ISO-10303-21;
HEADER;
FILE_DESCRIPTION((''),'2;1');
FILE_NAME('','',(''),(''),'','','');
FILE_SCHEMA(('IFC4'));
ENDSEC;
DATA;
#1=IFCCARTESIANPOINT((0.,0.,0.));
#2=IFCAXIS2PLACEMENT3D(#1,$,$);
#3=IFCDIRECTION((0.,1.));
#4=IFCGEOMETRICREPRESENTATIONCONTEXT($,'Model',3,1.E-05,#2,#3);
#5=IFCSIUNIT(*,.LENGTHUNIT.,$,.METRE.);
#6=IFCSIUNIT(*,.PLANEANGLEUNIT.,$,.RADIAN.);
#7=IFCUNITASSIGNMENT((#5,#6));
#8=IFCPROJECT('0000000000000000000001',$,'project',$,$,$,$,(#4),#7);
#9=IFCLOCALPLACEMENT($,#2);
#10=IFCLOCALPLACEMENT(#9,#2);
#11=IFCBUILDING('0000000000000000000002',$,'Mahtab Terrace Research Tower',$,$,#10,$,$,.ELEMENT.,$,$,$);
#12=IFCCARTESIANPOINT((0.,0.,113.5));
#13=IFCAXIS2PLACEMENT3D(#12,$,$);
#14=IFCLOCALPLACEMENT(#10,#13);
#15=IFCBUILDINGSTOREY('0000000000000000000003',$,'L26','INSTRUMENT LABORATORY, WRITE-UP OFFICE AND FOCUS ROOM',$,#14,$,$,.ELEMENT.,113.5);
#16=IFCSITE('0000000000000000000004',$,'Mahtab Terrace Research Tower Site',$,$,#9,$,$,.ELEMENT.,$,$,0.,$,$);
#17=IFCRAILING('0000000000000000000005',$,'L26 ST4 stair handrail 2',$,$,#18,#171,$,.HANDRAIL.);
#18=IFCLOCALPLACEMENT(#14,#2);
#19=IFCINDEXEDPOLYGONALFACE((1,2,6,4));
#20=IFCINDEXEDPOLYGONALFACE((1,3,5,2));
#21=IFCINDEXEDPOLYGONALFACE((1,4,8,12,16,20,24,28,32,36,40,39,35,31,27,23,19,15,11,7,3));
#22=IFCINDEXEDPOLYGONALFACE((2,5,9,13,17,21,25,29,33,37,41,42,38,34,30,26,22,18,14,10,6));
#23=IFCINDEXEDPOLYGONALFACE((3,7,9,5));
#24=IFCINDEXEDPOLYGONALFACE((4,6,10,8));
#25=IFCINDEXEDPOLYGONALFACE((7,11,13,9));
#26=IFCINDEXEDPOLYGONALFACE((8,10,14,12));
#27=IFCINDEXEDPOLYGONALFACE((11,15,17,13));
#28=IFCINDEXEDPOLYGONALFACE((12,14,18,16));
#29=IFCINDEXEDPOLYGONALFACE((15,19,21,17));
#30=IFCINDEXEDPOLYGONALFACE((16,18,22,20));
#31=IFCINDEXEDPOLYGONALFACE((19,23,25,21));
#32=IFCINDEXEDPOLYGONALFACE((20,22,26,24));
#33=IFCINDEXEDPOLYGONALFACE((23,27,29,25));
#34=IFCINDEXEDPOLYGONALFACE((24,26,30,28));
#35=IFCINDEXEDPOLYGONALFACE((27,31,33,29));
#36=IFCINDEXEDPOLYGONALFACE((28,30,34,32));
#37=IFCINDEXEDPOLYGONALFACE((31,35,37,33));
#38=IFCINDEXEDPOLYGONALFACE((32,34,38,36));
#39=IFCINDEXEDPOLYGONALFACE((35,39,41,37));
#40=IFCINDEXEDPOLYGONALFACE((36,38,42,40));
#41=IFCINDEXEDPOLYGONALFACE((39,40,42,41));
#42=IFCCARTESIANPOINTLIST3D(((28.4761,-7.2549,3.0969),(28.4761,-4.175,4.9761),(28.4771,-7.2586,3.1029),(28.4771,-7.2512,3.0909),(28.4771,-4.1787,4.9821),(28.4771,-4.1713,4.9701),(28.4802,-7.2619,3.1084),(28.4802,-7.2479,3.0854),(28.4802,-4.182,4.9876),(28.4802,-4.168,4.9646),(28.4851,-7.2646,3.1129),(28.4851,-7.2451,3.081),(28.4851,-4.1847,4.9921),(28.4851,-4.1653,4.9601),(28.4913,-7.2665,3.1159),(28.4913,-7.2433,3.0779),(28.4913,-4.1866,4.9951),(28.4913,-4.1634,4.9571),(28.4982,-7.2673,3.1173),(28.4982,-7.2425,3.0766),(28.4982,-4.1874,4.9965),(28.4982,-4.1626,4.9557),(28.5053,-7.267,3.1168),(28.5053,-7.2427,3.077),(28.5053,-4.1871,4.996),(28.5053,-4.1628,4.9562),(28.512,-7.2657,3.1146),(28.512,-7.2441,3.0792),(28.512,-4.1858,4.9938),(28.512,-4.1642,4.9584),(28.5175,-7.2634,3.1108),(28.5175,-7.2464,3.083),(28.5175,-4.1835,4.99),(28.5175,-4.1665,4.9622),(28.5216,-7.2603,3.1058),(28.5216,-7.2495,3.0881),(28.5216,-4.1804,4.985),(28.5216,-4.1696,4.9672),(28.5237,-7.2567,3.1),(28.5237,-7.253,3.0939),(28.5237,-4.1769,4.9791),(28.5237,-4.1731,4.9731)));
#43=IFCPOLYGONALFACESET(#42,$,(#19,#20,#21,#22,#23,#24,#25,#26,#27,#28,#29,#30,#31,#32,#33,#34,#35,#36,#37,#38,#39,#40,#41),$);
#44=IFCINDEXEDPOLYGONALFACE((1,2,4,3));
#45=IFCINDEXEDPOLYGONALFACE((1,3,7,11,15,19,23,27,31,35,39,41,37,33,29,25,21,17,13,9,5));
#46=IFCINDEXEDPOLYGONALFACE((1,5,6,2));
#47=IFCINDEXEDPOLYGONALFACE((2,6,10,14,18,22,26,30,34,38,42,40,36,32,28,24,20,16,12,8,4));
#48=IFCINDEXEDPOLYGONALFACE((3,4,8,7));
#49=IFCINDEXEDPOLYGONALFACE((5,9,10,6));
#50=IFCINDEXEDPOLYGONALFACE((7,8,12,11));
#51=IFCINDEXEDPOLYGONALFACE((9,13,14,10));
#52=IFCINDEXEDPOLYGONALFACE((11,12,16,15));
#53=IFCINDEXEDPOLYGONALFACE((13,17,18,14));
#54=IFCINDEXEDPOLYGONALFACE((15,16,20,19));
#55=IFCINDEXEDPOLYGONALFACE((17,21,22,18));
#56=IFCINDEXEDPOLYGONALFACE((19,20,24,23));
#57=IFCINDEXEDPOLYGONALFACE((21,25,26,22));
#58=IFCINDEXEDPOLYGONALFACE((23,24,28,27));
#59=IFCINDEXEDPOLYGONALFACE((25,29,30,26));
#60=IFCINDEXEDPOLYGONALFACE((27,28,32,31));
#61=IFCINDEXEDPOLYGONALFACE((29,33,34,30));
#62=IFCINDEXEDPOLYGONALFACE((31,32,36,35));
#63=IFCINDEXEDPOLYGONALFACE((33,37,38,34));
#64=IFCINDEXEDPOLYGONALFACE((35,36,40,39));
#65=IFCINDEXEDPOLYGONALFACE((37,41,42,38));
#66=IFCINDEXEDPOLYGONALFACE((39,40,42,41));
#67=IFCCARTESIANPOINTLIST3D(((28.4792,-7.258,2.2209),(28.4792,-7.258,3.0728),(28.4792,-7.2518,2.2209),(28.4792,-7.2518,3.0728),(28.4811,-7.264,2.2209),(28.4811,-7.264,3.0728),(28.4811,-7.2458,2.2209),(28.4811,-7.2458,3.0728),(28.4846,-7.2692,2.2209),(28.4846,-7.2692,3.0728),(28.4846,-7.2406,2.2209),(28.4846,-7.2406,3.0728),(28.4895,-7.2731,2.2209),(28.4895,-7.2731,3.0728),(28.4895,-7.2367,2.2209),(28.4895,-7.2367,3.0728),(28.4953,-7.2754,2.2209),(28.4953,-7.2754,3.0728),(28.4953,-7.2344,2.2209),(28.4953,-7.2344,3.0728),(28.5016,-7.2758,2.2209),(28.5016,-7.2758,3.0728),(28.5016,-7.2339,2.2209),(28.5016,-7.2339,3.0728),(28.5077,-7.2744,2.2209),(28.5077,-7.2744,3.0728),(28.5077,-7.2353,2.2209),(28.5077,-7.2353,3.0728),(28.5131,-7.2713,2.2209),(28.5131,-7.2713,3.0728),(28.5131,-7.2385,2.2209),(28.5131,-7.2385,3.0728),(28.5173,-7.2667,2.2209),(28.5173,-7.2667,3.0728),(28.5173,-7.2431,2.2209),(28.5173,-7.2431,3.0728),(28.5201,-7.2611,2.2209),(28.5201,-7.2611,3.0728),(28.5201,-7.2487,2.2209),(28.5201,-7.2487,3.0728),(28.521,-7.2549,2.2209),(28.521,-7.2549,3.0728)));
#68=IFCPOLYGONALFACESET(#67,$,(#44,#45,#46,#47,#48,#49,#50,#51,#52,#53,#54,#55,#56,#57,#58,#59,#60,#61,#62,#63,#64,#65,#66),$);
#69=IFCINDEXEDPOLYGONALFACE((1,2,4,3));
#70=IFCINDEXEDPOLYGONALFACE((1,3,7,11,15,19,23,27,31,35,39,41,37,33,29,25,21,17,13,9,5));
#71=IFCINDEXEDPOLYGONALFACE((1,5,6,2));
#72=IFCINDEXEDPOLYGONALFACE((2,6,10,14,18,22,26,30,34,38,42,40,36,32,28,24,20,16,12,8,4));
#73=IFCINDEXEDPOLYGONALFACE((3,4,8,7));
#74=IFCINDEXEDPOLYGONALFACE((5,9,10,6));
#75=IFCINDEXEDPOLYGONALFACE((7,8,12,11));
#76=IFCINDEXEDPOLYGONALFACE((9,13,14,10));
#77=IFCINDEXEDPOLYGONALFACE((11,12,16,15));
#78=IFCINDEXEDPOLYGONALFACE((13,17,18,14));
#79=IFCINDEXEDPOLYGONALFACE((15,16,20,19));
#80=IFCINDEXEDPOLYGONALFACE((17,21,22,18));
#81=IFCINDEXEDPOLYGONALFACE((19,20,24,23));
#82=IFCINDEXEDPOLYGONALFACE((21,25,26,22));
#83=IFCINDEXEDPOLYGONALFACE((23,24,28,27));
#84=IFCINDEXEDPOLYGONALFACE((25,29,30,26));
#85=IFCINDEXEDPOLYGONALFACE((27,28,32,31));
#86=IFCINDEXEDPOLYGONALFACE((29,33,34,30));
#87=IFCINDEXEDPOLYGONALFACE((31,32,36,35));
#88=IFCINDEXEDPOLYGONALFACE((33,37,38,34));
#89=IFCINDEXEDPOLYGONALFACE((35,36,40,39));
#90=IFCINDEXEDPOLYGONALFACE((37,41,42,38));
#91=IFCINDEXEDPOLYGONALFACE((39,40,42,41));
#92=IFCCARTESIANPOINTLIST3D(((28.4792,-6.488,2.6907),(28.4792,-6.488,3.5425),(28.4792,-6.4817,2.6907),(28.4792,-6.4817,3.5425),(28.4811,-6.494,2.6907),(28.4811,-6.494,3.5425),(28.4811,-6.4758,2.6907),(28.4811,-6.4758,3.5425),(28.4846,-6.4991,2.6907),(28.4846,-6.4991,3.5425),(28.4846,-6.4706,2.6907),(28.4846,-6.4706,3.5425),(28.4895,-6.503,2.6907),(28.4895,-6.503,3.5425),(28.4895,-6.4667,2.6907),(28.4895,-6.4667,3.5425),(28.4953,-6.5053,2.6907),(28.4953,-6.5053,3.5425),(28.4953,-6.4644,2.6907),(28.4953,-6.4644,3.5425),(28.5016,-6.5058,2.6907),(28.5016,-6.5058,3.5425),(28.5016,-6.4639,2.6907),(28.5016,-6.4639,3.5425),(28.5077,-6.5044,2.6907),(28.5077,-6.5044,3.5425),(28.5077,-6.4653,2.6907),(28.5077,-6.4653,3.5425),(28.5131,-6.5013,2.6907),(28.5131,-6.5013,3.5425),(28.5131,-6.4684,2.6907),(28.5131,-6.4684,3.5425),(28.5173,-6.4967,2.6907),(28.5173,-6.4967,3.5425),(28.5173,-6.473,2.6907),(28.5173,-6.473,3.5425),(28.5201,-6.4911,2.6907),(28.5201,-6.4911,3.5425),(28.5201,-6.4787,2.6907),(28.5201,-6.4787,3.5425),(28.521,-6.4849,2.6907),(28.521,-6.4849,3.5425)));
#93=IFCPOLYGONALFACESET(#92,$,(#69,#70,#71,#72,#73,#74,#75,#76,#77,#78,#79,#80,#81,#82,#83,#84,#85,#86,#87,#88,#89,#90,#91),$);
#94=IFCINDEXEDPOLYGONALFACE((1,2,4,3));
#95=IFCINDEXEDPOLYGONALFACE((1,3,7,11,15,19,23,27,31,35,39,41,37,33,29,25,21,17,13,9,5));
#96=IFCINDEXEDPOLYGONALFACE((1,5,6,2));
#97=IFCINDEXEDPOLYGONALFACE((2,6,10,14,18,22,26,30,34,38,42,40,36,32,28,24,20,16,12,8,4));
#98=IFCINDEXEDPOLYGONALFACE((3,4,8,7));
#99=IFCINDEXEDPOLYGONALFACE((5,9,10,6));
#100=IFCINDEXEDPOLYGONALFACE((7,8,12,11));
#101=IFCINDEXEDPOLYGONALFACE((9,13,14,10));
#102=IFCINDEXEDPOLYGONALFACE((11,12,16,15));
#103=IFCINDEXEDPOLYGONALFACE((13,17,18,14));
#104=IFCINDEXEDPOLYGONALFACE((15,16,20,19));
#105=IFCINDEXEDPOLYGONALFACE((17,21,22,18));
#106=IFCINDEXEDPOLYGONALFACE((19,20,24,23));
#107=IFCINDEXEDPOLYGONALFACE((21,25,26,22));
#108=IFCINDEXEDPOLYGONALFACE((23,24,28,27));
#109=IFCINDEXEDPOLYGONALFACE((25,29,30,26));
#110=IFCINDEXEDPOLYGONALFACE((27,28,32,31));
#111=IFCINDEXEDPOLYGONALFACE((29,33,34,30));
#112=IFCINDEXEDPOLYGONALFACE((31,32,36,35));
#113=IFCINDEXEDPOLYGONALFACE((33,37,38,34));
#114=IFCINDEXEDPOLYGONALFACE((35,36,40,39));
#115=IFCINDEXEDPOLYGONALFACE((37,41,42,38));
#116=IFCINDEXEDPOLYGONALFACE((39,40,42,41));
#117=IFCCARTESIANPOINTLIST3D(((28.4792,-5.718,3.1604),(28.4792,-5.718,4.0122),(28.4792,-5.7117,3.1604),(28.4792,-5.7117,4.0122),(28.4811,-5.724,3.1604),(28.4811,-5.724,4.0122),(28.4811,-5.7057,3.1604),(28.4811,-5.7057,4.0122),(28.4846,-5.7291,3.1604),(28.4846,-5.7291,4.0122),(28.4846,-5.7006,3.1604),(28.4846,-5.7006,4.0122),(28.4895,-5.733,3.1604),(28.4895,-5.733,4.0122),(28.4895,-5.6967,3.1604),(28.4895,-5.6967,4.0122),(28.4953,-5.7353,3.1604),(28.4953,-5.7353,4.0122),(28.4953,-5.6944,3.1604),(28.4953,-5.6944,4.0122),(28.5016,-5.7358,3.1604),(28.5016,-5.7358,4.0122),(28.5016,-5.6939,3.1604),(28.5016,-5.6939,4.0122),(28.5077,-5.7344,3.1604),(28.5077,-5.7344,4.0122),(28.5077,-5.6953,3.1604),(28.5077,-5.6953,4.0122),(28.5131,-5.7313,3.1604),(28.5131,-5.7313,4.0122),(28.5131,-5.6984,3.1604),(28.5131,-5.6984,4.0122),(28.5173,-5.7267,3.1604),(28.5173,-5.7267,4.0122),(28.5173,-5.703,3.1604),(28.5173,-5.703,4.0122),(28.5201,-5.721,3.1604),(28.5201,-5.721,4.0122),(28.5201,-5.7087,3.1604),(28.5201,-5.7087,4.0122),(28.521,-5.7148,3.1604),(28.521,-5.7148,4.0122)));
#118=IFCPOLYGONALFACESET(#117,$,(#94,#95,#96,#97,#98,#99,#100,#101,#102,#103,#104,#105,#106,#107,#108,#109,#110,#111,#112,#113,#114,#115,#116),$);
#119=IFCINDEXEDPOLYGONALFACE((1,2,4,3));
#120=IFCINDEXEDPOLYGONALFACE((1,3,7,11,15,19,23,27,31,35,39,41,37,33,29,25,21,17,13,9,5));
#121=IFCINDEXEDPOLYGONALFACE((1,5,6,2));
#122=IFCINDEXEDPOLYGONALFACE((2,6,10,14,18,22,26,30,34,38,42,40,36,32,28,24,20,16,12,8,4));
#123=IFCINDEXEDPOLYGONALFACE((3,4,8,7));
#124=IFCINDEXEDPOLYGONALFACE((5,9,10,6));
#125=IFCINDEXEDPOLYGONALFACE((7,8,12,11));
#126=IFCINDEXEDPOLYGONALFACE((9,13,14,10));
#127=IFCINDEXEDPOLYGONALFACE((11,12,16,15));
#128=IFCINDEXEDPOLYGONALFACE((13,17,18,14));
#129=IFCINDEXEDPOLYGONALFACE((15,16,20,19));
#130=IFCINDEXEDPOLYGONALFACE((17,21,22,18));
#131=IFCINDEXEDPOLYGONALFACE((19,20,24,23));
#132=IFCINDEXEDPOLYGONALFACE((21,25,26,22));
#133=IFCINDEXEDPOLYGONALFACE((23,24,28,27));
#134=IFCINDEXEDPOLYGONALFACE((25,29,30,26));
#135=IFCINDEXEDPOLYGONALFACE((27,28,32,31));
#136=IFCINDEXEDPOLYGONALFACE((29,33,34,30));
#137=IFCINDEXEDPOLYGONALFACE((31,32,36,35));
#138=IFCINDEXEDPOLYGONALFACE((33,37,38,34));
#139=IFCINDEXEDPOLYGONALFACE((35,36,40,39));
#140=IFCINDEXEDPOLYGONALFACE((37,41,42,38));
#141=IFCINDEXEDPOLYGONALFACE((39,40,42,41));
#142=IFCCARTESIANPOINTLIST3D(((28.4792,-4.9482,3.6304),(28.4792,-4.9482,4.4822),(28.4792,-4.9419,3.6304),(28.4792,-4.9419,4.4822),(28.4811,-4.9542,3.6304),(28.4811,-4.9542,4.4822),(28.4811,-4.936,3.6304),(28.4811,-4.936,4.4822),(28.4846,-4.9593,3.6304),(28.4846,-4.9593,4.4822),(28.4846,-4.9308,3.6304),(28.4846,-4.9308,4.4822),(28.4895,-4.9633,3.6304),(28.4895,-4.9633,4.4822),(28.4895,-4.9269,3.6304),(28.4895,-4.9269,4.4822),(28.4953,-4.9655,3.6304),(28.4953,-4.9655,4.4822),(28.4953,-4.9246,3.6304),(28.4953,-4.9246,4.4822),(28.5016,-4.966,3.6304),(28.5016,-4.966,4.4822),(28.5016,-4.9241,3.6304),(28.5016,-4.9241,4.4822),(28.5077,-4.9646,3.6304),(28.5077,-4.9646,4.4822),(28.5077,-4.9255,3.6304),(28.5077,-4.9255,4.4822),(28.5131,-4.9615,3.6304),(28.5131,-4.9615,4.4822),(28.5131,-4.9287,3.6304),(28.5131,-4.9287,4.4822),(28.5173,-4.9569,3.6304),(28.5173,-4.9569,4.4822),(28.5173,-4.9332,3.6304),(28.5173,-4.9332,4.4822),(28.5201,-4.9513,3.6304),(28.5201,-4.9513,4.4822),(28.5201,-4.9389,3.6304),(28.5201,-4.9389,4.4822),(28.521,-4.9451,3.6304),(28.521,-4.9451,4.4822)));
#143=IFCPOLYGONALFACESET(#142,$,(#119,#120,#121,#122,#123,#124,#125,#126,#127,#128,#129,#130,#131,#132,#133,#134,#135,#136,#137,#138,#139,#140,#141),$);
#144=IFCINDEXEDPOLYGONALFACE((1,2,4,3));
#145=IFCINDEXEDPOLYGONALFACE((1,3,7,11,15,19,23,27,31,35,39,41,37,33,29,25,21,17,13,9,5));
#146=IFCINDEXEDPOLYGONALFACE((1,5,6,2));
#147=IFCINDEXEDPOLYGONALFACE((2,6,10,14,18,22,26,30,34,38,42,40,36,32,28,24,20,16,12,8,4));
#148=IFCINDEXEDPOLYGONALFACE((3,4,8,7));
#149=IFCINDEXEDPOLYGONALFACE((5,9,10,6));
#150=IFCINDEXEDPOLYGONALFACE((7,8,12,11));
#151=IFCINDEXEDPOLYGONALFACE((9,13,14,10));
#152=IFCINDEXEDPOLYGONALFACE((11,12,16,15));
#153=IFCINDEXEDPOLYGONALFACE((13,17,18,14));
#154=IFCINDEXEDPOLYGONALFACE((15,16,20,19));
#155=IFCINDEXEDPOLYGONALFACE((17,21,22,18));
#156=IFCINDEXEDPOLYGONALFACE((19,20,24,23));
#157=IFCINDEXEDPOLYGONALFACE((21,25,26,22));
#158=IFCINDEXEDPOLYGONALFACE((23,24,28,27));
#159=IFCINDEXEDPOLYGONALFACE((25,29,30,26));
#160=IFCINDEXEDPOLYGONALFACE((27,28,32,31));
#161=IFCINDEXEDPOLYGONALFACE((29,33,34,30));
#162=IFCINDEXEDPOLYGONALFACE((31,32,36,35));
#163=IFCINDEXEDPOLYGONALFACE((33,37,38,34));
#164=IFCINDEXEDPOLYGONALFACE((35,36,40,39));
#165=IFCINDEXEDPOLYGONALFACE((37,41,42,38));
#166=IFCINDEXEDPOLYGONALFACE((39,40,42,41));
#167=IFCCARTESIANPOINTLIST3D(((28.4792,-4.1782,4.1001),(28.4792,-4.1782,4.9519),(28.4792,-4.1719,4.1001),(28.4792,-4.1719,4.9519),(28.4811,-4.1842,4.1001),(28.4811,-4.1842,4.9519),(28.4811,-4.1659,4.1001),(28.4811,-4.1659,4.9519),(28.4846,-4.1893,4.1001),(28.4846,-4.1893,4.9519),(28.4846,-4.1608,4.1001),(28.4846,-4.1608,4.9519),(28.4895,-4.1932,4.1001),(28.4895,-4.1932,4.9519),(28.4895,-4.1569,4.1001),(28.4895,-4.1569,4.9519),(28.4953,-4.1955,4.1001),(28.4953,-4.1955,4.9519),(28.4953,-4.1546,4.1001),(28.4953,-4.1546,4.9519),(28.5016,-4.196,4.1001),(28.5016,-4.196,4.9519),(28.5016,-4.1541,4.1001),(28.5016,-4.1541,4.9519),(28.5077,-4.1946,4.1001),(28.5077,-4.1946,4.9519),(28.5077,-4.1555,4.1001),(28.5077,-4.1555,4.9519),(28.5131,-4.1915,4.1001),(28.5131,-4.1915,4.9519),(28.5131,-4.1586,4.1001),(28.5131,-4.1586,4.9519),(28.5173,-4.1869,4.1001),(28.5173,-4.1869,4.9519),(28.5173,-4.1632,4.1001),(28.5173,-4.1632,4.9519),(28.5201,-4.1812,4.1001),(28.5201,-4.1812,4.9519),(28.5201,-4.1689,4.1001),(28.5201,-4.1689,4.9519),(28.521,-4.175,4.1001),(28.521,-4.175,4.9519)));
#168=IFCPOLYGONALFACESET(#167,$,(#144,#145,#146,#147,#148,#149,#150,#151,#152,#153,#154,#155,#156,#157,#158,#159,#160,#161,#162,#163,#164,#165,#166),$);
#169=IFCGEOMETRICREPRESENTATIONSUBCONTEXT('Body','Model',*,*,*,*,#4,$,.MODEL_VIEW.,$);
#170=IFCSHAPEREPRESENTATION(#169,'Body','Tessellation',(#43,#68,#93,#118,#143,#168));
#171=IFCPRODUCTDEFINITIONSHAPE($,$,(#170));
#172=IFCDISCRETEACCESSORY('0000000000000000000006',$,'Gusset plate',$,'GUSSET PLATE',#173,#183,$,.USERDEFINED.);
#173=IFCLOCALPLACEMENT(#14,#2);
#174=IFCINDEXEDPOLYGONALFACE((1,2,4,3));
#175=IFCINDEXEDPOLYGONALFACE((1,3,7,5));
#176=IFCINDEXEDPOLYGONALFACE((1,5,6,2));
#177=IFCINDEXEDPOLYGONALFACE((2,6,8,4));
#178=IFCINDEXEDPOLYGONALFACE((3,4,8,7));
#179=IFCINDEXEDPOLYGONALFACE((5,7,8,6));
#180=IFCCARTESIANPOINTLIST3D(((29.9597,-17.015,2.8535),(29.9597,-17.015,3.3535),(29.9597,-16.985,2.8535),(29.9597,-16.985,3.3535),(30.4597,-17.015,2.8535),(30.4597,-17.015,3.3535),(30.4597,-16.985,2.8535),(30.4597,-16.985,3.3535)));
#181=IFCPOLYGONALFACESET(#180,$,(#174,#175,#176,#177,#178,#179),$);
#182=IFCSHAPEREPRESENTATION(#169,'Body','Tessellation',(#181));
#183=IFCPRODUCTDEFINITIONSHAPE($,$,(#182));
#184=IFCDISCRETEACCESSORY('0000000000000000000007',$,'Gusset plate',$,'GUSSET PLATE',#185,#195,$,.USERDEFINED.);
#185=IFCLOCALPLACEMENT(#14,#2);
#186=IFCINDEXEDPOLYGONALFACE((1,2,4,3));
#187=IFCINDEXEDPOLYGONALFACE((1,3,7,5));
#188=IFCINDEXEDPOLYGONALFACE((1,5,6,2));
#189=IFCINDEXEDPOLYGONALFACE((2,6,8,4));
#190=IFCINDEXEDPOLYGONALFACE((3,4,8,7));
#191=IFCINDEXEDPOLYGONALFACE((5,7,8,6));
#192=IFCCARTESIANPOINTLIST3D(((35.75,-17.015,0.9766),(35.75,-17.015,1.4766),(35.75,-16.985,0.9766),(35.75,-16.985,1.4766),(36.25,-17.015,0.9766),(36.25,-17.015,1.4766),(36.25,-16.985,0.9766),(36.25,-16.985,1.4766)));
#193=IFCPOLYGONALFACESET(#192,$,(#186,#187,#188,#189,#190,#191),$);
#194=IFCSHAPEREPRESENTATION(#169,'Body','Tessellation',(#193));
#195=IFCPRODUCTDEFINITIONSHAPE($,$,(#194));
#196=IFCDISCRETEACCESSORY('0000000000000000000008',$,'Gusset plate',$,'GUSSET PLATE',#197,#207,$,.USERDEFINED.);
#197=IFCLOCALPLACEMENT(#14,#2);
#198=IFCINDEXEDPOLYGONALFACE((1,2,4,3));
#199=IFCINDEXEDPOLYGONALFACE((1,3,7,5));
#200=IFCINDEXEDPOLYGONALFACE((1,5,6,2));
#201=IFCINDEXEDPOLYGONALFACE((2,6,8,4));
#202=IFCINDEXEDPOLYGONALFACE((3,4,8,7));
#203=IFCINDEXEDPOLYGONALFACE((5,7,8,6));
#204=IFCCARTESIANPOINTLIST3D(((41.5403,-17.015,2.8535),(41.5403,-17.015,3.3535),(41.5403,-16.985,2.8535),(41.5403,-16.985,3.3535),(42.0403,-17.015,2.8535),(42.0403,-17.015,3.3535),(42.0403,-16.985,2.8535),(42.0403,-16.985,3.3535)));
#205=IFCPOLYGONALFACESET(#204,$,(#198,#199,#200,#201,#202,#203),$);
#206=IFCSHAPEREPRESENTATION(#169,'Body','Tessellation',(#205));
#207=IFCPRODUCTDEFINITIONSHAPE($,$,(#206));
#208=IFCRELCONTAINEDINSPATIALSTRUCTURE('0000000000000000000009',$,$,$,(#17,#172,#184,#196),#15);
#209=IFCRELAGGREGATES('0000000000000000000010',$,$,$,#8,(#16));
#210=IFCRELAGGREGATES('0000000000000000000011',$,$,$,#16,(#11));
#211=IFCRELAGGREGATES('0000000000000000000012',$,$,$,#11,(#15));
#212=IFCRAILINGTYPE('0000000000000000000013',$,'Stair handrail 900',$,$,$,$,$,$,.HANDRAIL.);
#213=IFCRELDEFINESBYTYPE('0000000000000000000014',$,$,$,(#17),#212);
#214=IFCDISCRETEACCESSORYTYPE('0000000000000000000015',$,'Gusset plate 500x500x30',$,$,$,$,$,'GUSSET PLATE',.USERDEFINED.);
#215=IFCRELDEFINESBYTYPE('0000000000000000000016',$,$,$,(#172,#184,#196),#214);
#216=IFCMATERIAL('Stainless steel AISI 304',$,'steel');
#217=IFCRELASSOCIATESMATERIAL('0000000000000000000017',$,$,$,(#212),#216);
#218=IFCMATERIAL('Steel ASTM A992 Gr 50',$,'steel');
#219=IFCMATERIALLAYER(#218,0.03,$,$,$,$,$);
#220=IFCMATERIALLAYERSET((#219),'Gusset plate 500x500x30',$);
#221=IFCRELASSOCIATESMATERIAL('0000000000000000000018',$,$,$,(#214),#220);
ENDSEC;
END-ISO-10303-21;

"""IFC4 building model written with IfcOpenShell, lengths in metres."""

from ifc_helpers import new_model, si_unit, direction, frame, origin, origin_2d, place, context, subcontext, project, spatial, rectangle, circle, extrude, material, layer, layer_set, type_object, element, save


model = new_model("IFC4")

# Units and contexts
model_context = context("Model", 3, precision=1e-05, world=origin(), true_north=direction((0.0, 1.0)))
body_context = subcontext(model_context, "Body", "Model", "MODEL_VIEW")
ifc_project = project(units=[si_unit("LENGTHUNIT", "METRE"), si_unit("PLANEANGLEUNIT", "RADIAN")], contexts=[model_context])

# Site, building, storey
site_placement = place(None, origin())
site = spatial("IfcSite", under=ifc_project, at=site_placement, Name="Mahtab Terrace Research Tower Site", CompositionType="ELEMENT", RefElevation=0.0)
building_placement = place(site_placement, origin())
building = spatial("IfcBuilding", under=site, at=building_placement, Name="Mahtab Terrace Research Tower", CompositionType="ELEMENT")
storey_placement = place(building_placement, frame((0.0, 0.0, 113.5)))
storey = spatial("IfcBuildingStorey", under=building, at=storey_placement, Name="L26", Description="INSTRUMENT LABORATORY, WRITE-UP OFFICE AND FOCUS ROOM", CompositionType="ELEMENT", Elevation=113.5)

# Shared definitions
ifc_material_1 = material(Name="Steel ASTM A992 Gr 50", Category="steel")

# Railing
ifc_material_2 = material(Name="Stainless steel AISI 304", Category="steel")
railing_type_1 = type_object("IfcRailingType", Name="Stair handrail 900", PredefinedType="HANDRAIL", material=ifc_material_2)
railing_1_placement = place(storey_placement, frame((28.5, -7.2549, 2.2209)))
element("IfcRailing", 1, at=railing_1_placement, inside=storey, type_object=railing_type_1, Name="L26 ST4 stair handrail 2", PredefinedType="HANDRAIL", context=body_context, shape_type="SweptSolid", body=[
    extrude(circle(Radius=0.0239, at=origin_2d()), frame((0.0, 0.0, 0.876), z_axis=(0.0, 0.853648, 0.52085), x_axis=(-1.0, 0.0, 0.0)), (0.0, 0.0, 1.0), 3.6079),
    extrude(circle(Radius=0.021, at=origin_2d()), origin(), (0.0, 0.0, 1.0), 0.8518),
    extrude(circle(Radius=0.021, at=origin_2d()), frame((0.0, 0.77, 0.4697)), (0.0, 0.0, 1.0), 0.8518),
    extrude(circle(Radius=0.021, at=origin_2d()), frame((0.0, 1.54, 0.9395)), (0.0, 0.0, 1.0), 0.8518),
    extrude(circle(Radius=0.021, at=origin_2d()), frame((0.0, 2.3098, 1.4094)), (0.0, 0.0, 1.0), 0.8518),
    extrude(circle(Radius=0.021, at=origin_2d()), frame((0.0, 3.0798, 1.8792)), (0.0, 0.0, 1.0), 0.8518),
])

# Discrete accessories
ifc_layer_1 = layer(ifc_material_1, 0.03)
ifc_layer_set_1 = layer_set([ifc_layer_1], Name="Gusset plate 500x500x30")
discrete_accessory_type = type_object("IfcDiscreteAccessoryType", Name="Gusset plate 500x500x30", ElementType="GUSSET PLATE", PredefinedType="USERDEFINED", material=ifc_layer_set_1)
for number, where, z_axis, x_axis, name in (
    (2, (30.2097, -17.0, 2.8535), (0.0, 0.0, 1.0), (1.0, 0.0, 0.0), "Gusset plate"),
    (3, (36.0, -17.0, 0.9766), (0.0, 0.0, 1.0), (1.0, 0.0, 0.0), "Gusset plate"),
    (4, (41.7903, -17.0, 2.8535), (0.0, 0.0, 1.0), (1.0, 0.0, 0.0), "Gusset plate"),
):
    element("IfcDiscreteAccessory", number, at=place(storey_placement, frame(where, z_axis=z_axis, x_axis=x_axis)), inside=storey, type_object=discrete_accessory_type, Name=name, ObjectType="GUSSET PLATE", PredefinedType="USERDEFINED", context=body_context, shape_type="SweptSolid", body=[
        extrude(rectangle(XDim=0.5, YDim=0.03, at=origin_2d()), origin(), (0.0, 0.0, 1.0), 0.5),
    ])

save(model, "model.ifc")
